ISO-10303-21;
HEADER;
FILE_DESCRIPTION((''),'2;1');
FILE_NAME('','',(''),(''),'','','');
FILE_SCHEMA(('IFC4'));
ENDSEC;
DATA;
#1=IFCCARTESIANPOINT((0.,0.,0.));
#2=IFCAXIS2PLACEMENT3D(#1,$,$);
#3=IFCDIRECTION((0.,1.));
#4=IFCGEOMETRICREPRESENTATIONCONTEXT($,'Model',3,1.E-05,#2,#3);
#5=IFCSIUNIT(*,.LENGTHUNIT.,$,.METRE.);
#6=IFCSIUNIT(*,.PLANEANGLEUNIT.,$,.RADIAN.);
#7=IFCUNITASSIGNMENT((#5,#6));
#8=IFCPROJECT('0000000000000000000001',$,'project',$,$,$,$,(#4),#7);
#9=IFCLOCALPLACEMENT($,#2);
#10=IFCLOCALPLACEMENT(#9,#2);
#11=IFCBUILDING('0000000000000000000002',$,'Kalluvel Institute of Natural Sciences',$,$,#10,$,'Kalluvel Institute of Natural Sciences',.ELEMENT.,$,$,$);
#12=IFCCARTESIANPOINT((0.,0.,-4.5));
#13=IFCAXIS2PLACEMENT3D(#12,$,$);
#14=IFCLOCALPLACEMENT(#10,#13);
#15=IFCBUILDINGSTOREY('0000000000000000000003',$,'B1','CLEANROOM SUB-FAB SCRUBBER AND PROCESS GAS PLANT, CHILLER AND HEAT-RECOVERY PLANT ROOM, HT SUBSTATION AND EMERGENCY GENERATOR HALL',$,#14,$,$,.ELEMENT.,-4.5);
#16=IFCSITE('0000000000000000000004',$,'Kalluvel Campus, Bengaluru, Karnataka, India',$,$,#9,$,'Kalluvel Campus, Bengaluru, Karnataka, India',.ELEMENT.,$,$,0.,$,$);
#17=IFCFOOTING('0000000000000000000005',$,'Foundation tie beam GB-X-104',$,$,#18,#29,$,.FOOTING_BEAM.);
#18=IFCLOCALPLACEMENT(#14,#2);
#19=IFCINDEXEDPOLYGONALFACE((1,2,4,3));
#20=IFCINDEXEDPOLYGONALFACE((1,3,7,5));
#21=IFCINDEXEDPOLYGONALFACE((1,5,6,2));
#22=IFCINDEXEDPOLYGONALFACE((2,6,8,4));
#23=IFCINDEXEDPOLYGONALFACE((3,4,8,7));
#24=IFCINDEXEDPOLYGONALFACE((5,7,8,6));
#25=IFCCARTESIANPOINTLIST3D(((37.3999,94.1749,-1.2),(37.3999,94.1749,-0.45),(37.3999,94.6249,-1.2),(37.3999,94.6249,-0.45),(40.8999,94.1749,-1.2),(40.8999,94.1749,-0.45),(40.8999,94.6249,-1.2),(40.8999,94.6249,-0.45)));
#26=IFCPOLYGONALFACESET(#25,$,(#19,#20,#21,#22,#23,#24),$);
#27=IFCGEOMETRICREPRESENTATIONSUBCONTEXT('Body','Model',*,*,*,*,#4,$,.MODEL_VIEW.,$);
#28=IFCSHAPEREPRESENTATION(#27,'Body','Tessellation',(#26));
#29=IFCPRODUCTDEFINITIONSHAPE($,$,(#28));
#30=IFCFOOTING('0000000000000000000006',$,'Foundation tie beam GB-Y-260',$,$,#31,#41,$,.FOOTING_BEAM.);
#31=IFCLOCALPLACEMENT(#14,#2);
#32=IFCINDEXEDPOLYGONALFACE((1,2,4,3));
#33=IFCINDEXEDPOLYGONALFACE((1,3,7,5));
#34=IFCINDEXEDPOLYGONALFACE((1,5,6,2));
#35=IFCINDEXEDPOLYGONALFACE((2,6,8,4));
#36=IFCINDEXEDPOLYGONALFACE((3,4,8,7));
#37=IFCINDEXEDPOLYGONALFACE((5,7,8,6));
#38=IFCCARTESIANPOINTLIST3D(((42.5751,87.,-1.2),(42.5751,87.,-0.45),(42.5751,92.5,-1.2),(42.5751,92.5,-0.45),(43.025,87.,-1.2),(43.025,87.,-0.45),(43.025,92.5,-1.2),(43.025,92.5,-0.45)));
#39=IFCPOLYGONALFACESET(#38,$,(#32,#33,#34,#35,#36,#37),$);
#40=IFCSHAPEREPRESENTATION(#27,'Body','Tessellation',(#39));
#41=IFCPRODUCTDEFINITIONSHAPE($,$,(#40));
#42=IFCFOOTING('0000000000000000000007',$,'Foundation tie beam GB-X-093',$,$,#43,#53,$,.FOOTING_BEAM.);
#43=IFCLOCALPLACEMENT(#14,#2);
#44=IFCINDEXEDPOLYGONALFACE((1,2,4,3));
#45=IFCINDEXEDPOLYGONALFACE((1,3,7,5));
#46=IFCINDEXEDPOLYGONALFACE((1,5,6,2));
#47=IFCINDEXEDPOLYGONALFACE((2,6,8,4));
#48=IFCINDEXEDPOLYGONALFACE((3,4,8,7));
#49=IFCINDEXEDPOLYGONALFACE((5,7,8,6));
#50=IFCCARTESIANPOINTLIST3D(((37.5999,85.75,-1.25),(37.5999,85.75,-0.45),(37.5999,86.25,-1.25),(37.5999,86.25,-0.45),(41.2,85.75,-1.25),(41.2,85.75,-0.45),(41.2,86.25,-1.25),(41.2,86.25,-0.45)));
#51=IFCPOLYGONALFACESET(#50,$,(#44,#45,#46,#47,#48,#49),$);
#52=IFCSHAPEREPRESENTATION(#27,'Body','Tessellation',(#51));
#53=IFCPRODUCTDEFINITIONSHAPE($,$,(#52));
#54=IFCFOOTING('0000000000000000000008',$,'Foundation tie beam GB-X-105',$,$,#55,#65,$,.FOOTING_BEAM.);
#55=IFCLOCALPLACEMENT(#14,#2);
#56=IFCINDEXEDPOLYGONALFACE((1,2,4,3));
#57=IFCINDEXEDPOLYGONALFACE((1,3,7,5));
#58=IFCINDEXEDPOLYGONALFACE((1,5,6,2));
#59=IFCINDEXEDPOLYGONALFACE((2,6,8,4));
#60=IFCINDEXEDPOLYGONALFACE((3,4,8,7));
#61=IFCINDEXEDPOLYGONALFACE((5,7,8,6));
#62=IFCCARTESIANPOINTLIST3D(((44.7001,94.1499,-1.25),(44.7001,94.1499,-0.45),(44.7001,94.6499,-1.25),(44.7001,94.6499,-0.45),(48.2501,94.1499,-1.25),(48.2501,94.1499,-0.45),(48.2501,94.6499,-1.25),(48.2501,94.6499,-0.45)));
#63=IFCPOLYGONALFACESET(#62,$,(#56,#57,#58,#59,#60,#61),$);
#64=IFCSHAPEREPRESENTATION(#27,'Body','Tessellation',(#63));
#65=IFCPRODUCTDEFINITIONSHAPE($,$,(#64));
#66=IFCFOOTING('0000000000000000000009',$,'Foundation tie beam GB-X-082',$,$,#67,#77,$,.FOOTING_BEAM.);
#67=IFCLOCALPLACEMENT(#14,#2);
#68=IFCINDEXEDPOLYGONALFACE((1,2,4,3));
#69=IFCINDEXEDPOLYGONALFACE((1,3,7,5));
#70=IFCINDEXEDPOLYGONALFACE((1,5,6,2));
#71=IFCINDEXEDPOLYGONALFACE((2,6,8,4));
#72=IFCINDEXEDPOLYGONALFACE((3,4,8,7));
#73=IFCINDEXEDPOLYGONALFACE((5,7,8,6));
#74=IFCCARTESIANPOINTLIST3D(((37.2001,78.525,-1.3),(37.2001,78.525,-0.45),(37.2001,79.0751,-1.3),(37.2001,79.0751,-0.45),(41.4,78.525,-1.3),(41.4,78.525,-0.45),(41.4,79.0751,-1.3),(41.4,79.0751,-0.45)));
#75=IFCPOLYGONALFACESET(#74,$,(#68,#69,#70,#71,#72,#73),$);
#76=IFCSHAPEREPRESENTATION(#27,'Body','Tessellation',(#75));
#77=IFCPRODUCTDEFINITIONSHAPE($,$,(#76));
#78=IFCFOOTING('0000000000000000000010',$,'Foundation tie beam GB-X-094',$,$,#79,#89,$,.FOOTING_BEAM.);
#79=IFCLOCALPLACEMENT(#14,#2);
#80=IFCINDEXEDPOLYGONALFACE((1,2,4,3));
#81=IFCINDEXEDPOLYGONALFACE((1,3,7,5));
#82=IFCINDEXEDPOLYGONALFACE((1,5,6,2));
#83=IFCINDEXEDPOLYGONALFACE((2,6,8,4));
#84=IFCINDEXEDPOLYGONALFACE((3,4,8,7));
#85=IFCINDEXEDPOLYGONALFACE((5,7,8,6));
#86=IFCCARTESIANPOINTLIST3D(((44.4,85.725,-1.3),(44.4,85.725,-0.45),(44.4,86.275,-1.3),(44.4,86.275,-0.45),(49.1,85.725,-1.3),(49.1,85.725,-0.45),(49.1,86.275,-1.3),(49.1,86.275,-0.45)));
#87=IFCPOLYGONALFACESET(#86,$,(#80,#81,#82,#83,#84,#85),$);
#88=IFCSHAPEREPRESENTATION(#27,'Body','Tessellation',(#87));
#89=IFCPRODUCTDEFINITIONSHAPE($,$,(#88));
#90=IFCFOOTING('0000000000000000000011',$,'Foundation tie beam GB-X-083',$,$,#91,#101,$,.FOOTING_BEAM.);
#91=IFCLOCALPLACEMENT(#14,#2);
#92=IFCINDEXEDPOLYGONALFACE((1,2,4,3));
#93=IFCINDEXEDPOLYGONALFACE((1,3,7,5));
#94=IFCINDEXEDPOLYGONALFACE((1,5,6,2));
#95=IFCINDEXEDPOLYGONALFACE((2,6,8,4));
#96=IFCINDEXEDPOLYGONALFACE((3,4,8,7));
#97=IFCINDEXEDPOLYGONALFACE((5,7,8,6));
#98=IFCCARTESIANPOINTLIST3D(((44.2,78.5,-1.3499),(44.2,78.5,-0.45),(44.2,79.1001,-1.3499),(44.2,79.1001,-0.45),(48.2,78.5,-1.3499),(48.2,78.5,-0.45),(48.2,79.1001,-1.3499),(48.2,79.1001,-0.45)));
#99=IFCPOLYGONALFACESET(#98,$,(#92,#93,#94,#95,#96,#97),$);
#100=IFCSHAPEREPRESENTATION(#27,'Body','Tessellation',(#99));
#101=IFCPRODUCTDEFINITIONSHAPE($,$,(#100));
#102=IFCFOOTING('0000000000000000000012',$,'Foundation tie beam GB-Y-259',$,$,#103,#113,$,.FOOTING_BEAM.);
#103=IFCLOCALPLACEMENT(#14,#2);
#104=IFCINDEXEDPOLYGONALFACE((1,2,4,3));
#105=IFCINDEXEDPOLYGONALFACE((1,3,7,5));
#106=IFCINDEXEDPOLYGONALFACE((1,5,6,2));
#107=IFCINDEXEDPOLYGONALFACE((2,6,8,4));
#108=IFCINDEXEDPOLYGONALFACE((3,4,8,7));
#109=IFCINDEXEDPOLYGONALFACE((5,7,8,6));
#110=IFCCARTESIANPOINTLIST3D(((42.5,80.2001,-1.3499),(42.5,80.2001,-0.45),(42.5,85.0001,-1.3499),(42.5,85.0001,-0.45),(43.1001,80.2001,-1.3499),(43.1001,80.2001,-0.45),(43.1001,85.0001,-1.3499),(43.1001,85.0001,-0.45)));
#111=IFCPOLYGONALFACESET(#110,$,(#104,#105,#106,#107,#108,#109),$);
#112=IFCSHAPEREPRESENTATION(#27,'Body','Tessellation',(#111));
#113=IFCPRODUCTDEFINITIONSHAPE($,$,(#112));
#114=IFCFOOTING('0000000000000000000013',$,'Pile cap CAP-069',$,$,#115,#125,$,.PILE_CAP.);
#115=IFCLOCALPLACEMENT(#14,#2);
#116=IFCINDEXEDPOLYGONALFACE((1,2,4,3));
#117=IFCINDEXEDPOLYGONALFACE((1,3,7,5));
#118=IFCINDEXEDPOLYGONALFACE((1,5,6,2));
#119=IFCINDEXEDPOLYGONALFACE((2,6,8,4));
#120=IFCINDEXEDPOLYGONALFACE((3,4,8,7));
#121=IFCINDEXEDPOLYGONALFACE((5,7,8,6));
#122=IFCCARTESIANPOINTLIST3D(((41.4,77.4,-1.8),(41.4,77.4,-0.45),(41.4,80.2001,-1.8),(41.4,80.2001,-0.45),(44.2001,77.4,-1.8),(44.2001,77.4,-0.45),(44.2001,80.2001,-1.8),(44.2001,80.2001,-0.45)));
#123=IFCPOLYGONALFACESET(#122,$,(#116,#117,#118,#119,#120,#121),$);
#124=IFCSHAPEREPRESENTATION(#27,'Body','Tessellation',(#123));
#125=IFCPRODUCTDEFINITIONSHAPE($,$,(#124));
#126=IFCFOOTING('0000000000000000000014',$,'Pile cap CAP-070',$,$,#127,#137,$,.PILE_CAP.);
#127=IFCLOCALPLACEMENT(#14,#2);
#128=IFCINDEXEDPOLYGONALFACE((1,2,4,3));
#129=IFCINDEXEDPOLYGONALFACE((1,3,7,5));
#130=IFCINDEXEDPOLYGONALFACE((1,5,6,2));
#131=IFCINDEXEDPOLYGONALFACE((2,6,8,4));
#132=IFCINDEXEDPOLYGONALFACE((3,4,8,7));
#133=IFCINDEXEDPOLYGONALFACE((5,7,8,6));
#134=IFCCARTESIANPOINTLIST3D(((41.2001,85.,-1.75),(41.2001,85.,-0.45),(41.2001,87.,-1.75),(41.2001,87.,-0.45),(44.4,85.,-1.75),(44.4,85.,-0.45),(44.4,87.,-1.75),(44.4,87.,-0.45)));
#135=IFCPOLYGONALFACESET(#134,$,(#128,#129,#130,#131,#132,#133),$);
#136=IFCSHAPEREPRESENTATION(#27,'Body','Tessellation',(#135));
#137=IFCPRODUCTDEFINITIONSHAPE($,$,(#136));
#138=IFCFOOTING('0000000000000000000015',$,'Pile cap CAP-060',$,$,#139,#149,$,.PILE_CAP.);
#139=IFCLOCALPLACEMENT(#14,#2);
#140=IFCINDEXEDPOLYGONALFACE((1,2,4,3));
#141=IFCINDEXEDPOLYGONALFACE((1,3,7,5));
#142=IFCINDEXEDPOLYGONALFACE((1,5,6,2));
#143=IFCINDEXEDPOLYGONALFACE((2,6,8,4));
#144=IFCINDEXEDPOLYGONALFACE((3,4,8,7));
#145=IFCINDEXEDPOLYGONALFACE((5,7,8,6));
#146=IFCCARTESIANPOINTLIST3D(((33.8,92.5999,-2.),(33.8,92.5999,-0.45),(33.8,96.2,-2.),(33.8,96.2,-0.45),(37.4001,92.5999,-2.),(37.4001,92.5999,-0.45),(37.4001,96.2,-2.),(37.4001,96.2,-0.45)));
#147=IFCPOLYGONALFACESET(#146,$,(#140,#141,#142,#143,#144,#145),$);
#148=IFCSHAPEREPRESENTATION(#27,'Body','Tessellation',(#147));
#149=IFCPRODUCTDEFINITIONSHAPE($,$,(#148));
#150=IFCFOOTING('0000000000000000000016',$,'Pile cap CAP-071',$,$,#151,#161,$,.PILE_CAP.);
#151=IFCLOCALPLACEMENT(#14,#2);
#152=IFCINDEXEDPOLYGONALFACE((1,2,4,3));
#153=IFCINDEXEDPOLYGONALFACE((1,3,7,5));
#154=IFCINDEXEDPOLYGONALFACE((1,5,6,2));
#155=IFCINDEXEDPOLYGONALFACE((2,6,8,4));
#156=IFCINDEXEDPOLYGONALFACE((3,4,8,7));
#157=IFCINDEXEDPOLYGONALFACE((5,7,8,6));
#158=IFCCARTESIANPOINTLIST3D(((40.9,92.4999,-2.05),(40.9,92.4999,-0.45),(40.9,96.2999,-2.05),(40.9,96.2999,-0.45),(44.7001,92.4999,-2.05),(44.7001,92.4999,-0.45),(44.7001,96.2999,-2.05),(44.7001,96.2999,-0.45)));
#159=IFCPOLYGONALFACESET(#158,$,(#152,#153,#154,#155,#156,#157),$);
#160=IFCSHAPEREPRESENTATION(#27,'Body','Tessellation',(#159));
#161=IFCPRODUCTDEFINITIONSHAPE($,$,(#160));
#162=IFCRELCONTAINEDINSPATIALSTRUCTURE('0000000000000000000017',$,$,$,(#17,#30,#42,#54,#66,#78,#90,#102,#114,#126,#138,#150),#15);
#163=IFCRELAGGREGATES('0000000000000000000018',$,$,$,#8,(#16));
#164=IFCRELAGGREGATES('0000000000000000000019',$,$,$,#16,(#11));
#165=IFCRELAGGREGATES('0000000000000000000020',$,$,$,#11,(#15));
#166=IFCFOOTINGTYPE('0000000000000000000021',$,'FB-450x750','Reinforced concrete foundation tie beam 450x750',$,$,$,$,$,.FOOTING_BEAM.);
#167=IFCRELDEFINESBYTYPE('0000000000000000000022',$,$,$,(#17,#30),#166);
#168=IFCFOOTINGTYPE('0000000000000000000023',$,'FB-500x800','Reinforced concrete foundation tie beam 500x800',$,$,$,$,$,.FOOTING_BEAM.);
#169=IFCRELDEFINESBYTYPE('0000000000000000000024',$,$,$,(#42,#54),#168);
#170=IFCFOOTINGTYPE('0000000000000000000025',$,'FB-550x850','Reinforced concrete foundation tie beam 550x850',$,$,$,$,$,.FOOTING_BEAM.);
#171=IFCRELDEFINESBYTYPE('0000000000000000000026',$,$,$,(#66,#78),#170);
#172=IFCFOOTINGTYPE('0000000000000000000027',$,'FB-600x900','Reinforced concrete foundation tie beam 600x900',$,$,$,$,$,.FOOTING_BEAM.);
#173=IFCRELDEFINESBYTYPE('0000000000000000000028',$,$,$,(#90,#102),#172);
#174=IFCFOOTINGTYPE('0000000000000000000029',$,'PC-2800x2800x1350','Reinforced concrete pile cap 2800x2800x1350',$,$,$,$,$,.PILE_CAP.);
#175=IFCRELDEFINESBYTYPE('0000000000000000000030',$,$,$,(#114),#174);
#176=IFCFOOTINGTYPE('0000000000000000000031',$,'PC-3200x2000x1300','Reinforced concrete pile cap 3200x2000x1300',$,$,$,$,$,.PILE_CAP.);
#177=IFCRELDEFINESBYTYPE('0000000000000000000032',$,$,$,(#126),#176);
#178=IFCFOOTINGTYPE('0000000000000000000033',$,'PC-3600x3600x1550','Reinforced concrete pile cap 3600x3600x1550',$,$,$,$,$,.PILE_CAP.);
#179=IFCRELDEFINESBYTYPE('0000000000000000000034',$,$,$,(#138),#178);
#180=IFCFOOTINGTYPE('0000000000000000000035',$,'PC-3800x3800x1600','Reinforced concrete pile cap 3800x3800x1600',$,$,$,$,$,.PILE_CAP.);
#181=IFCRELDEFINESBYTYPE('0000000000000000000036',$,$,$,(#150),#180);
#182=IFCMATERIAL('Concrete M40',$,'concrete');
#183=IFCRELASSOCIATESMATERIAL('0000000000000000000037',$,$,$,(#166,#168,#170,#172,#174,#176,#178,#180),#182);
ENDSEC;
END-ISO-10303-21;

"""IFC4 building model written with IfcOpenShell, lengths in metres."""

from ifc_helpers import new_model, si_unit, direction, frame, origin, origin_2d, place, context, subcontext, project, spatial, rectangle, extrude, material, type_object, element, save


model = new_model("IFC4")

# Units and contexts
model_context = context("Model", 3, precision=1e-05, world=origin(), true_north=direction((0.0, 1.0)))
body_context = subcontext(model_context, "Body", "Model", "MODEL_VIEW")
ifc_project = project(units=[si_unit("LENGTHUNIT", "METRE"), si_unit("PLANEANGLEUNIT", "RADIAN")], contexts=[model_context])

# Site, building, storey
site_placement = place(None, origin())
site = spatial("IfcSite", under=ifc_project, at=site_placement, Name="Kalluvel Campus, Bengaluru, Karnataka, India", LongName="Kalluvel Campus, Bengaluru, Karnataka, India", CompositionType="ELEMENT", RefElevation=0.0)
building_placement = place(site_placement, origin())
building = spatial("IfcBuilding", under=site, at=building_placement, Name="Kalluvel Institute of Natural Sciences", LongName="Kalluvel Institute of Natural Sciences", CompositionType="ELEMENT")
storey_placement = place(building_placement, frame((0.0, 0.0, -4.5)))
storey = spatial("IfcBuildingStorey", under=building, at=storey_placement, Name="B1", Description="CLEANROOM SUB-FAB SCRUBBER AND PROCESS GAS PLANT, CHILLER AND HEAT-RECOVERY PLANT ROOM, HT SUBSTATION AND EMERGENCY GENERATOR HALL", CompositionType="ELEMENT", Elevation=-4.5)

# Footings
ifc_material_1 = material(Name="Concrete M40", Category="concrete")
footing_type_1 = type_object("IfcFootingType", Name="FB-450x750", Description="Reinforced concrete foundation tie beam 450x750", PredefinedType="FOOTING_BEAM", material=ifc_material_1)
footing_1_placement = place(storey_placement, frame((39.1499, 94.3999, -1.2), z_axis=(0.0, 0.0, 1.0), x_axis=(1.0, 0.0, 0.0)))
element("IfcFooting", 1, at=footing_1_placement, inside=storey, type_object=footing_type_1, Name="Foundation tie beam GB-X-104", PredefinedType="FOOTING_BEAM", context=body_context, shape_type="SweptSolid", body=[
    extrude(rectangle(XDim=3.5, YDim=0.45, at=origin_2d()), origin(), (0.0, 0.0, 1.0), 0.75),
])
footing_2_placement = place(storey_placement, frame((42.8, 89.75, -1.2), z_axis=(0.0, 0.0, 1.0), x_axis=(1.0, 0.0, 0.0)))
element("IfcFooting", 2, at=footing_2_placement, inside=storey, type_object=footing_type_1, Name="Foundation tie beam GB-Y-260", PredefinedType="FOOTING_BEAM", context=body_context, shape_type="SweptSolid", body=[
    extrude(rectangle(XDim=0.45, YDim=5.5, at=origin_2d()), origin(), (0.0, 0.0, 1.0), 0.75),
])
footing_type_2 = type_object("IfcFootingType", Name="FB-500x800", Description="Reinforced concrete foundation tie beam 500x800", PredefinedType="FOOTING_BEAM", material=ifc_material_1)
footing_3_placement = place(storey_placement, frame((39.3999, 86.0, -1.25), z_axis=(0.0, 0.0, 1.0), x_axis=(1.0, 0.0, 0.0)))
element("IfcFooting", 3, at=footing_3_placement, inside=storey, type_object=footing_type_2, Name="Foundation tie beam GB-X-093", PredefinedType="FOOTING_BEAM", context=body_context, shape_type="SweptSolid", body=[
    extrude(rectangle(XDim=3.6001, YDim=0.5, at=origin_2d()), origin(), (0.0, 0.0, 1.0), 0.8),
])
footing_4_placement = place(storey_placement, frame((46.4751, 94.3999, -1.25), z_axis=(0.0, 0.0, 1.0), x_axis=(1.0, 0.0, 0.0)))
element("IfcFooting", 4, at=footing_4_placement, inside=storey, type_object=footing_type_2, Name="Foundation tie beam GB-X-105", PredefinedType="FOOTING_BEAM", context=body_context, shape_type="SweptSolid", body=[
    extrude(rectangle(XDim=3.55, YDim=0.5, at=origin_2d()), origin(), (0.0, 0.0, 1.0), 0.8),
])
footing_type_3 = type_object("IfcFootingType", Name="FB-550x850", Description="Reinforced concrete foundation tie beam 550x850", PredefinedType="FOOTING_BEAM", material=ifc_material_1)
footing_5_placement = place(storey_placement, frame((39.3, 78.8, -1.3), z_axis=(0.0, 0.0, 1.0), x_axis=(1.0, 0.0, 0.0)))
element("IfcFooting", 5, at=footing_5_placement, inside=storey, type_object=footing_type_3, Name="Foundation tie beam GB-X-082", PredefinedType="FOOTING_BEAM", context=body_context, shape_type="SweptSolid", body=[
    extrude(rectangle(XDim=4.2, YDim=0.55, at=origin_2d()), origin(), (0.0, 0.0, 1.0), 0.8501),
])
footing_6_placement = place(storey_placement, frame((46.75, 86.0, -1.3), z_axis=(0.0, 0.0, 1.0), x_axis=(1.0, 0.0, 0.0)))
element("IfcFooting", 6, at=footing_6_placement, inside=storey, type_object=footing_type_3, Name="Foundation tie beam GB-X-094", PredefinedType="FOOTING_BEAM", context=body_context, shape_type="SweptSolid", body=[
    extrude(rectangle(XDim=4.7, YDim=0.55, at=origin_2d()), origin(), (0.0, 0.0, 1.0), 0.8501),
])
footing_type_4 = type_object("IfcFootingType", Name="FB-600x900", Description="Reinforced concrete foundation tie beam 600x900", PredefinedType="FOOTING_BEAM", material=ifc_material_1)
footing_7_placement = place(storey_placement, frame((46.2, 78.8, -1.3499), z_axis=(0.0, 0.0, 1.0), x_axis=(1.0, 0.0, 0.0)))
element("IfcFooting", 7, at=footing_7_placement, inside=storey, type_object=footing_type_4, Name="Foundation tie beam GB-X-083", PredefinedType="FOOTING_BEAM", context=body_context, shape_type="SweptSolid", body=[
    extrude(rectangle(XDim=4.0, YDim=0.6001, at=origin_2d()), origin(), (0.0, 0.0, 1.0), 0.8999),
])
footing_8_placement = place(storey_placement, frame((42.8, 82.6001, -1.3499), z_axis=(0.0, 0.0, 1.0), x_axis=(1.0, 0.0, 0.0)))
element("IfcFooting", 8, at=footing_8_placement, inside=storey, type_object=footing_type_4, Name="Foundation tie beam GB-Y-259", PredefinedType="FOOTING_BEAM", context=body_context, shape_type="SweptSolid", body=[
    extrude(rectangle(XDim=0.6001, YDim=4.8, at=origin_2d()), origin(), (0.0, 0.0, 1.0), 0.8999),
])
footing_type_5 = type_object("IfcFootingType", Name="PC-2800x2800x1350", Description="Reinforced concrete pile cap 2800x2800x1350", PredefinedType="PILE_CAP", material=ifc_material_1)
footing_9_placement = place(storey_placement, frame((42.8, 78.8, -1.8), z_axis=(0.0, 0.0, 1.0), x_axis=(1.0, 0.0, 0.0)))
element("IfcFooting", 9, at=footing_9_placement, inside=storey, type_object=footing_type_5, Name="Pile cap CAP-069", PredefinedType="PILE_CAP", context=body_context, shape_type="SweptSolid", body=[
    extrude(rectangle(XDim=2.8, YDim=2.8, at=origin_2d()), origin(), (0.0, 0.0, 1.0), 1.3501),
])
footing_type_6 = type_object("IfcFootingType", Name="PC-3200x2000x1300", Description="Reinforced concrete pile cap 3200x2000x1300", PredefinedType="PILE_CAP", material=ifc_material_1)
footing_10_placement = place(storey_placement, frame((42.8, 86.0, -1.75), z_axis=(0.0, 0.0, 1.0), x_axis=(1.0, 0.0, 0.0)))
element("IfcFooting", 10, at=footing_10_placement, inside=storey, type_object=footing_type_6, Name="Pile cap CAP-070", PredefinedType="PILE_CAP", context=body_context, shape_type="SweptSolid", body=[
    extrude(rectangle(XDim=3.2, YDim=2.0, at=origin_2d()), origin(), (0.0, 0.0, 1.0), 1.3),
])
footing_type_7 = type_object("IfcFootingType", Name="PC-3600x3600x1550", Description="Reinforced concrete pile cap 3600x3600x1550", PredefinedType="PILE_CAP", material=ifc_material_1)
footing_11_placement = place(storey_placement, frame((35.6001, 94.3999, -2.0), z_axis=(0.0, 0.0, 1.0), x_axis=(1.0, 0.0, 0.0)))
element("IfcFooting", 11, at=footing_11_placement, inside=storey, type_object=footing_type_7, Name="Pile cap CAP-060", PredefinedType="PILE_CAP", context=body_context, shape_type="SweptSolid", body=[
    extrude(rectangle(XDim=3.6001, YDim=3.6001, at=origin_2d()), origin(), (0.0, 0.0, 1.0), 1.55),
])
footing_type_8 = type_object("IfcFootingType", Name="PC-3800x3800x1600", Description="Reinforced concrete pile cap 3800x3800x1600", PredefinedType="PILE_CAP", material=ifc_material_1)
footing_12_placement = place(storey_placement, frame((42.8, 94.3999, -2.05), z_axis=(0.0, 0.0, 1.0), x_axis=(1.0, 0.0, 0.0)))
element("IfcFooting", 12, at=footing_12_placement, inside=storey, type_object=footing_type_8, Name="Pile cap CAP-071", PredefinedType="PILE_CAP", context=body_context, shape_type="SweptSolid", body=[
    extrude(rectangle(XDim=3.8, YDim=3.8, at=origin_2d()), origin(), (0.0, 0.0, 1.0), 1.6001),
])

save(model, "model.ifc")
